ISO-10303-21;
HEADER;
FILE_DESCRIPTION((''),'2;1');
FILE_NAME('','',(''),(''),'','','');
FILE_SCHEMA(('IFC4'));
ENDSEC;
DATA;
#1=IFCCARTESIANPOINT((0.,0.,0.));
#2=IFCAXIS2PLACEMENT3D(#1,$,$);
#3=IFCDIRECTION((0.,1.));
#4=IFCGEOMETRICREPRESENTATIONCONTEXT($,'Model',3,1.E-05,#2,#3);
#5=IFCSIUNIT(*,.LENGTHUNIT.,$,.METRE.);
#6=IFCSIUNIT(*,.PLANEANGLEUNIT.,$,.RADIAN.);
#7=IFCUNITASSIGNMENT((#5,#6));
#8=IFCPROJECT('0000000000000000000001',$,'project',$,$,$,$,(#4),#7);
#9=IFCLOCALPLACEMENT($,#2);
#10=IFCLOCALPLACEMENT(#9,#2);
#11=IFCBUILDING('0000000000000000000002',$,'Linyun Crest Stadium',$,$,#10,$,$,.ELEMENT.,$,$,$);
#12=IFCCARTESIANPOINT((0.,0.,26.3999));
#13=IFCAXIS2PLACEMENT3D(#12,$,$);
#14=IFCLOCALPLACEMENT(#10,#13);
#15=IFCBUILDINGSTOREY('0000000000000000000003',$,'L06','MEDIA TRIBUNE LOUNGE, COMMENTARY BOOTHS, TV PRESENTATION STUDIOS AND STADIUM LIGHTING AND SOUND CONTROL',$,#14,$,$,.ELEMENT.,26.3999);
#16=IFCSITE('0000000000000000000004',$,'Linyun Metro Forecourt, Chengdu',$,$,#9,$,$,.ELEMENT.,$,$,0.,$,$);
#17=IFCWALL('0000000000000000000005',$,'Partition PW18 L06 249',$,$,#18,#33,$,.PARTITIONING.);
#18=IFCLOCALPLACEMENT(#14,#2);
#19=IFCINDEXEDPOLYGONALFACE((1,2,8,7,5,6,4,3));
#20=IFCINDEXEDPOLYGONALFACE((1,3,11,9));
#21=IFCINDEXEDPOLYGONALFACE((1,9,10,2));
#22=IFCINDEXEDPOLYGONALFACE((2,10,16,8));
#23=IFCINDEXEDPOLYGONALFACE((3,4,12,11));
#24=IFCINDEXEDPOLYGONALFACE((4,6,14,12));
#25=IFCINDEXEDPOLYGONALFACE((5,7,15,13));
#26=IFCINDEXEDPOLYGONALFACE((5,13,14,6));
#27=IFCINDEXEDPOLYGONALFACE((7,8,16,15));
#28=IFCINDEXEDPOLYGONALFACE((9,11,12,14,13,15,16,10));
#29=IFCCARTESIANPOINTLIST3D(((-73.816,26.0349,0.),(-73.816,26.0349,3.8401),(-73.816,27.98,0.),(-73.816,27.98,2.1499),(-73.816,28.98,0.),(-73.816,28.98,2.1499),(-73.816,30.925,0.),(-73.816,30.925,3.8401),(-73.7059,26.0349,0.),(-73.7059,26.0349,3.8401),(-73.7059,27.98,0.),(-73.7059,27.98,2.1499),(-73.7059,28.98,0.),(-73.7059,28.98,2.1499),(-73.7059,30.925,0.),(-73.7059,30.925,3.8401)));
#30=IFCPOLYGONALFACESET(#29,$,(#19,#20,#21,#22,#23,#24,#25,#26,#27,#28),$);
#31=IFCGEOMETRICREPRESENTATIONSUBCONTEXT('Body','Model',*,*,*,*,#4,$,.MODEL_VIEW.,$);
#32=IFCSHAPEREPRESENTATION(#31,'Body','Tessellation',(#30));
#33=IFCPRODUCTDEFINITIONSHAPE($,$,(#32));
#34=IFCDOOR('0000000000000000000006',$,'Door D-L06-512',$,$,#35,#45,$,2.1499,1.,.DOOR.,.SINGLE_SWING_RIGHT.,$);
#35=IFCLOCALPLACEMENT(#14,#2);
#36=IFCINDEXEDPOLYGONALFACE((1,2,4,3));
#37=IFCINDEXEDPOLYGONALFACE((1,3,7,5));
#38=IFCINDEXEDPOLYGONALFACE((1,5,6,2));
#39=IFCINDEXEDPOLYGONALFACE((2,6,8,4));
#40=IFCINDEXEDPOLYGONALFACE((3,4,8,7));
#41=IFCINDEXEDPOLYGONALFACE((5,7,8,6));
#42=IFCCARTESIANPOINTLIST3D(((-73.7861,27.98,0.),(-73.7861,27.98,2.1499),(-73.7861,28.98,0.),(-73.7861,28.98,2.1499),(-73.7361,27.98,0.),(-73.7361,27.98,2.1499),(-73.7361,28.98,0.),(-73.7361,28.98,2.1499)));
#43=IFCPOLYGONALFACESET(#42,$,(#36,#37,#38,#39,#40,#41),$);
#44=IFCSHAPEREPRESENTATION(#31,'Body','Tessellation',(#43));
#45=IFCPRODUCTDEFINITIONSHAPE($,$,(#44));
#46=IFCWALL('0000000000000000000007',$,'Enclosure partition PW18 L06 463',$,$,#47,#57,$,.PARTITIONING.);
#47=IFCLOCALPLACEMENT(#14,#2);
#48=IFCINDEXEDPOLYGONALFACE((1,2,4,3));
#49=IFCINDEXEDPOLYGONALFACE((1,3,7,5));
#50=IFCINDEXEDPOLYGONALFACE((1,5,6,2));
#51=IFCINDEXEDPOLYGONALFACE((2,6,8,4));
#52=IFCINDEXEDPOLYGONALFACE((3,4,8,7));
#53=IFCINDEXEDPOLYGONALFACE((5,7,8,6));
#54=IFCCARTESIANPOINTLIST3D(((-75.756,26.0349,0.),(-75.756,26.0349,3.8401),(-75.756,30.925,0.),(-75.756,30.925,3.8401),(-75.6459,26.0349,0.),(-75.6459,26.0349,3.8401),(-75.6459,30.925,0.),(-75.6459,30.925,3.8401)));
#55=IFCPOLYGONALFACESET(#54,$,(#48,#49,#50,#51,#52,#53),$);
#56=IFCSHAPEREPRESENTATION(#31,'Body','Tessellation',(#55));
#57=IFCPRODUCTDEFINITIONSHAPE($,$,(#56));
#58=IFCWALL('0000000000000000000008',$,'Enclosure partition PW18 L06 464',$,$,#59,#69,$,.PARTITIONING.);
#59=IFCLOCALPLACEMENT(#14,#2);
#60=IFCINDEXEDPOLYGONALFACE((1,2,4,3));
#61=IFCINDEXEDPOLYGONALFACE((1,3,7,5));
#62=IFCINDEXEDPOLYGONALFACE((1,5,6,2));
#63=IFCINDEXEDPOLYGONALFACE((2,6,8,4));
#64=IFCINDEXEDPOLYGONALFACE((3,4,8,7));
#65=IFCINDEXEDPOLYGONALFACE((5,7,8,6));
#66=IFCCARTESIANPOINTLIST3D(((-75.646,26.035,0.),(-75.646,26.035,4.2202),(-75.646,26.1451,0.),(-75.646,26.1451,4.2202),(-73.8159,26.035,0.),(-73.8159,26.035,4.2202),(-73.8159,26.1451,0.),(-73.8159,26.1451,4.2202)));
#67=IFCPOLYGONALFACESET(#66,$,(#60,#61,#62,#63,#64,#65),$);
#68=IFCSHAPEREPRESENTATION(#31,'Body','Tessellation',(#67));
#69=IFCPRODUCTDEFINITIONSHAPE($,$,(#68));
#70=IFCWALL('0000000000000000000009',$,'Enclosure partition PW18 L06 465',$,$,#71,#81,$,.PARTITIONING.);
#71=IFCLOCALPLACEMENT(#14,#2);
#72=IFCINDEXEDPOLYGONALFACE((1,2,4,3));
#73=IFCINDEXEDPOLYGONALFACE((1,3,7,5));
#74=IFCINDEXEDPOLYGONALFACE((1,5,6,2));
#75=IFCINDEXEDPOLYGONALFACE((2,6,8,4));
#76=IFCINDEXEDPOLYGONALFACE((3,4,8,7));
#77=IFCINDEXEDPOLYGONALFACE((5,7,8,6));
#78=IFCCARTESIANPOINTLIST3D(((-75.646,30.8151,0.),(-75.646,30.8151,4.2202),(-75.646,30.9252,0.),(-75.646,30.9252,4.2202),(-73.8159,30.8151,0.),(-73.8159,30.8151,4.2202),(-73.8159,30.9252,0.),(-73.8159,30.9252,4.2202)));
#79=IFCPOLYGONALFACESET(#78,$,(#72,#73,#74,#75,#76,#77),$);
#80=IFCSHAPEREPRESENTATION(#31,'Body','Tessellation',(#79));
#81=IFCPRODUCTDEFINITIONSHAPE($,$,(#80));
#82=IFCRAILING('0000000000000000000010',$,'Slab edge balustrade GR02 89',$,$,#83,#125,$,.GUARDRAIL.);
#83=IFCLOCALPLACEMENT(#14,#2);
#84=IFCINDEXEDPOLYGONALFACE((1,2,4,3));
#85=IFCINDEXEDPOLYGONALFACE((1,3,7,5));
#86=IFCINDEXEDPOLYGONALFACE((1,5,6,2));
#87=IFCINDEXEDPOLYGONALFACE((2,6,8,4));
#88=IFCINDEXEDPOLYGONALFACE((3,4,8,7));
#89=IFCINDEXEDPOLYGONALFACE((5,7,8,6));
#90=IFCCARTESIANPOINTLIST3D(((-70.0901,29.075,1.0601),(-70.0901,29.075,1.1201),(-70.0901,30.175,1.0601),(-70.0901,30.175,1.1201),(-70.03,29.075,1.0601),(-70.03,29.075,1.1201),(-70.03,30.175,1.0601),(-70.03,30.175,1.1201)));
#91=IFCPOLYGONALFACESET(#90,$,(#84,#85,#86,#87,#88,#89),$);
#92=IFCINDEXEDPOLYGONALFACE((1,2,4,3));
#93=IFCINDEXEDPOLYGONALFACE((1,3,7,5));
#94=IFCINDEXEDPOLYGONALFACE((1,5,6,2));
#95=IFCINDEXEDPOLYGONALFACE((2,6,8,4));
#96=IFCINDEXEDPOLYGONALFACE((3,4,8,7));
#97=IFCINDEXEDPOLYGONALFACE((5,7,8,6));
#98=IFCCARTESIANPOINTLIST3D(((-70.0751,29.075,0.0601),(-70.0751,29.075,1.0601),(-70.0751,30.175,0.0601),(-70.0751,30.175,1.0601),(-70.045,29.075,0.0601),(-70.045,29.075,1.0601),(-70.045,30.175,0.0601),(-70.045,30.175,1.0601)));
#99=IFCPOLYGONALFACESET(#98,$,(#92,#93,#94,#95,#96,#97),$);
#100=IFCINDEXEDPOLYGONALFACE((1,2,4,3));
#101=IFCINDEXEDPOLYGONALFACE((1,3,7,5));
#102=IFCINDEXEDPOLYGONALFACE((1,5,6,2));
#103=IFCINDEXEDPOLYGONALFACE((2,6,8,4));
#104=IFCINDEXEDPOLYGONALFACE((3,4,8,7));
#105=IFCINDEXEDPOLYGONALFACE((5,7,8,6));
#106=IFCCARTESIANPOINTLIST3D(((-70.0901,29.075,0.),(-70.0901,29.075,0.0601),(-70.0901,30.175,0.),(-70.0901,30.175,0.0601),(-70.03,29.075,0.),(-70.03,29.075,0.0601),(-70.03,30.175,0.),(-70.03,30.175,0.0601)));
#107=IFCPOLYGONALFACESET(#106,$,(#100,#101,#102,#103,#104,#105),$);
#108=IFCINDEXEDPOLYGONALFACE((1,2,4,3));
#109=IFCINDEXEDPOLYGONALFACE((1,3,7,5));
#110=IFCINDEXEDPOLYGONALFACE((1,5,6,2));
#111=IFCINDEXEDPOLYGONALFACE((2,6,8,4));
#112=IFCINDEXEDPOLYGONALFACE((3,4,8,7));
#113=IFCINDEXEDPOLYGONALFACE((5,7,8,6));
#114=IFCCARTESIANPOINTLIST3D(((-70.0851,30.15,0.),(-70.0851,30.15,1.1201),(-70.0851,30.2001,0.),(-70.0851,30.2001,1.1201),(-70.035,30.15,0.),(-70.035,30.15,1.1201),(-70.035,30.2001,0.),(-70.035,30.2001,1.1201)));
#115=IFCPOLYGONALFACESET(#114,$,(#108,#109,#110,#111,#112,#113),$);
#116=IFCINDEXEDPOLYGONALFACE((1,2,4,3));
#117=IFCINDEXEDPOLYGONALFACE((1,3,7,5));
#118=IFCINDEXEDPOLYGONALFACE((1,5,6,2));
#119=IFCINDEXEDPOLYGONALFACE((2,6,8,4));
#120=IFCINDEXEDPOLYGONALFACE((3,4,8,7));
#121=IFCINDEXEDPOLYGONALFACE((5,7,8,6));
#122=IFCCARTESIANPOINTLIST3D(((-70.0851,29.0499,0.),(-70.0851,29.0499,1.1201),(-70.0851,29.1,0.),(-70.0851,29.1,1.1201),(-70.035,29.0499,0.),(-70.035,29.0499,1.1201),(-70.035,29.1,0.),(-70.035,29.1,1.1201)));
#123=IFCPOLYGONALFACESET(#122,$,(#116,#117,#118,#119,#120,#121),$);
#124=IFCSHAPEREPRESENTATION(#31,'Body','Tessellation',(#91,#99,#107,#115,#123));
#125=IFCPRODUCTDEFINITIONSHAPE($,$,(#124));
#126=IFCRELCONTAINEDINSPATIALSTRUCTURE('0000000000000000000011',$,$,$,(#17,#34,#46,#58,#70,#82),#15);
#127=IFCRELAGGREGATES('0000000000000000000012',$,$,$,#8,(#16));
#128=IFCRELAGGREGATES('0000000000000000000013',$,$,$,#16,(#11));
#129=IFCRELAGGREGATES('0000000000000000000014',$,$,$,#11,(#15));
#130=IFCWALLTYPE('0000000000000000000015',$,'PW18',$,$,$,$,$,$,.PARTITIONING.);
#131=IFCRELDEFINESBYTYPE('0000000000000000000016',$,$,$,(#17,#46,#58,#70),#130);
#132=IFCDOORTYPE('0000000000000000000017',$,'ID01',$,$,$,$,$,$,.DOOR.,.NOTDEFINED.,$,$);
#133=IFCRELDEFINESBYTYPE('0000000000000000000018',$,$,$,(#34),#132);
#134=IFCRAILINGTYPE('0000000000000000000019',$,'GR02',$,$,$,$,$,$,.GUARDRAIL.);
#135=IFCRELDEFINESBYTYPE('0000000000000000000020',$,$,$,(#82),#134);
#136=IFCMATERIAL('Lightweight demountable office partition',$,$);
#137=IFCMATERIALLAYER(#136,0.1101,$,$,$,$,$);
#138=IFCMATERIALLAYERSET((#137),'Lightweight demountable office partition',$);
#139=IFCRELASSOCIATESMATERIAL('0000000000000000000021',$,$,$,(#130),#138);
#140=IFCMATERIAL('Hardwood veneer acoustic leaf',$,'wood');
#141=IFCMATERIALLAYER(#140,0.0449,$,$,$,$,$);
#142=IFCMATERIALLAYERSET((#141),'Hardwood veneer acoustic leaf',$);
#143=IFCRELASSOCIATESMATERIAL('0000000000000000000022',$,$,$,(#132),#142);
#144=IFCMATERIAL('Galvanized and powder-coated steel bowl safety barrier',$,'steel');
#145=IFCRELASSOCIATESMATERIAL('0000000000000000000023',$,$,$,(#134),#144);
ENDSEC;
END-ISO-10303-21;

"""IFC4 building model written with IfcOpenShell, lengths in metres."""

from ifc_helpers import new_model, si_unit, direction, frame, frame_2d, origin, origin_2d, place, context, subcontext, project, spatial, rectangle, extrude, material, layer, layer_set, type_object, element, fill, save


model = new_model("IFC4")

# Units and contexts
model_context = context("Model", 3, precision=1e-05, world=origin(), true_north=direction((0.0, 1.0)))
body_context = subcontext(model_context, "Body", "Model", "MODEL_VIEW")
ifc_project = project(units=[si_unit("LENGTHUNIT", "METRE"), si_unit("PLANEANGLEUNIT", "RADIAN")], contexts=[model_context])

# Site, building, storey
site_placement = place(None, origin())
site = spatial("IfcSite", under=ifc_project, at=site_placement, Name="Linyun Metro Forecourt, Chengdu", CompositionType="ELEMENT", RefElevation=0.0)
building_placement = place(site_placement, origin())
building = spatial("IfcBuilding", under=site, at=building_placement, Name="Linyun Crest Stadium", CompositionType="ELEMENT")
storey_placement = place(building_placement, frame((0.0, 0.0, 26.3999)))
storey = spatial("IfcBuildingStorey", under=building, at=storey_placement, Name="L06", Description="MEDIA TRIBUNE LOUNGE, COMMENTARY BOOTHS, TV PRESENTATION STUDIOS AND STADIUM LIGHTING AND SOUND CONTROL", CompositionType="ELEMENT", Elevation=26.3999)

# Wall, opening, door
ifc_material_1 = material(Name="Lightweight demountable office partition")
ifc_layer_1 = layer(ifc_material_1, 0.1101)
ifc_layer_set_1 = layer_set([ifc_layer_1], Name="Lightweight demountable office partition")
wall_type_1 = type_object("IfcWallType", Name="PW18", PredefinedType="PARTITIONING", material=ifc_layer_set_1)
wall_1_placement = place(storey_placement, frame((-73.761, 30.925, 0.0), z_axis=(0.0, 0.0, 1.0), x_axis=(0.0, -1.0, 0.0)))
wall_1 = element("IfcWall", 1, at=wall_1_placement, inside=storey, type_object=wall_type_1, Name="Partition PW18 L06 249", PredefinedType="PARTITIONING", context=body_context, shape_type="SweptSolid", body=[
    extrude(rectangle(XDim=4.8901, YDim=0.1101, at=frame_2d((2.4451, 0.0))), origin(), (0.0, 0.0, 1.0), 3.8401),
])
opening_1_placement = place(wall_1_placement, frame((1.9451, 0.0, 0.0)))
opening_1 = element("IfcOpeningElement", 2, at=opening_1_placement, cuts=wall_1, PredefinedType="OPENING", context=body_context, shape_type="SweptSolid", body=[
    extrude(rectangle(XDim=1.0, YDim=2.1499, at=frame_2d((0.5, 1.075))), frame((0.0, 0.0649, 0.0), z_axis=(0.0, -1.0, 0.0), x_axis=(1.0, 0.0, 0.0)), (0.0, 0.0, 1.0), 0.1301),
])
ifc_material_2 = material(Name="Hardwood veneer acoustic leaf", Category="wood")
ifc_layer_2 = layer(ifc_material_2, 0.0449)
ifc_layer_set_2 = layer_set([ifc_layer_2], Name="Hardwood veneer acoustic leaf")
door_type_1 = type_object("IfcDoorType", Name="ID01", OperationType="NOTDEFINED", PredefinedType="DOOR", material=ifc_layer_set_2)
door_1_placement = place(opening_1_placement, origin())
door_1 = element("IfcDoor", 3, at=door_1_placement, inside=storey, type_object=door_type_1, Name="Door D-L06-512", OperationType="SINGLE_SWING_RIGHT", OverallHeight=2.1499, OverallWidth=1.0, PredefinedType="DOOR", context=body_context, shape_type="SweptSolid", body=[
    extrude(rectangle(XDim=1.0, YDim=2.1499, at=frame_2d((0.5, 1.075))), frame((0.0, 0.0249, 0.0), z_axis=(0.0, -1.0, 0.0), x_axis=(1.0, 0.0, 0.0)), (0.0, 0.0, 1.0), 0.05),
])
fill(opening_1, door_1)

# Walls
wall_2_placement = place(storey_placement, frame((-75.7009, 26.0349, 0.0), z_axis=(0.0, 0.0, 1.0), x_axis=(0.0, 1.0, 0.0)))
element("IfcWall", 4, at=wall_2_placement, inside=storey, type_object=wall_type_1, Name="Enclosure partition PW18 L06 463", PredefinedType="PARTITIONING", context=body_context, shape_type="SweptSolid", body=[
    extrude(rectangle(XDim=4.8901, YDim=0.1101, at=frame_2d((2.4451, 0.0))), origin(), (0.0, 0.0, 1.0), 3.8401),
])
for number, where, z_axis, x_axis, name in (
    (5, (-75.646, 26.0901, 0.0), (0.0, 0.0, 1.0), (1.0, 0.0, 0.0), "Enclosure partition PW18 L06 464"),
    (6, (-75.646, 30.8701, 0.0), (0.0, 0.0, 1.0), (1.0, 0.0, 0.0), "Enclosure partition PW18 L06 465"),
):
    element("IfcWall", number, at=place(storey_placement, frame(where, z_axis=z_axis, x_axis=x_axis)), inside=storey, type_object=wall_type_1, Name=name, PredefinedType="PARTITIONING", context=body_context, shape_type="SweptSolid", body=[
        extrude(rectangle(XDim=1.8301, YDim=0.1101, at=frame_2d((0.915, 0.0))), origin(), (0.0, 0.0, 1.0), 4.2202),
    ])

# Railing
ifc_material_3 = material(Name="Galvanized and powder-coated steel bowl safety barrier", Category="steel")
railing_type = type_object("IfcRailingType", Name="GR02", PredefinedType="GUARDRAIL", material=ifc_material_3)
railing_placement = place(storey_placement, frame((-70.0601, 30.175, 0.0)))
element("IfcRailing", 7, at=railing_placement, inside=storey, type_object=railing_type, Name="Slab edge balustrade GR02 89", PredefinedType="GUARDRAIL", context=body_context, shape_type="SweptSolid", body=[
    extrude(rectangle(XDim=0.0601, YDim=0.0601, at=origin_2d()), frame((0.0, 0.0, 1.0901), z_axis=(0.0, -1.0, 0.0), x_axis=(1.0, 0.0, 0.0)), (0.0, 0.0, 1.0), 1.1001),
    extrude(rectangle(XDim=0.03, YDim=1.0, at=origin_2d()), frame((0.0, 0.0, 0.5601), z_axis=(0.0, -1.0, 0.0), x_axis=(1.0, 0.0, 0.0)), (0.0, 0.0, 1.0), 1.1001),
    extrude(rectangle(XDim=0.0601, YDim=0.0601, at=origin_2d()), frame((0.0, 0.0, 0.03), z_axis=(0.0, -1.0, 0.0), x_axis=(1.0, 0.0, 0.0)), (0.0, 0.0, 1.0), 1.1001),
    extrude(rectangle(XDim=0.05, YDim=0.05, at=origin_2d()), origin(), (0.0, 0.0, 1.0), 1.1201),
    extrude(rectangle(XDim=0.05, YDim=0.05, at=origin_2d()), frame((0.0, -1.1001, 0.0)), (0.0, 0.0, 1.0), 1.1201),
])

save(model, "model.ifc")
